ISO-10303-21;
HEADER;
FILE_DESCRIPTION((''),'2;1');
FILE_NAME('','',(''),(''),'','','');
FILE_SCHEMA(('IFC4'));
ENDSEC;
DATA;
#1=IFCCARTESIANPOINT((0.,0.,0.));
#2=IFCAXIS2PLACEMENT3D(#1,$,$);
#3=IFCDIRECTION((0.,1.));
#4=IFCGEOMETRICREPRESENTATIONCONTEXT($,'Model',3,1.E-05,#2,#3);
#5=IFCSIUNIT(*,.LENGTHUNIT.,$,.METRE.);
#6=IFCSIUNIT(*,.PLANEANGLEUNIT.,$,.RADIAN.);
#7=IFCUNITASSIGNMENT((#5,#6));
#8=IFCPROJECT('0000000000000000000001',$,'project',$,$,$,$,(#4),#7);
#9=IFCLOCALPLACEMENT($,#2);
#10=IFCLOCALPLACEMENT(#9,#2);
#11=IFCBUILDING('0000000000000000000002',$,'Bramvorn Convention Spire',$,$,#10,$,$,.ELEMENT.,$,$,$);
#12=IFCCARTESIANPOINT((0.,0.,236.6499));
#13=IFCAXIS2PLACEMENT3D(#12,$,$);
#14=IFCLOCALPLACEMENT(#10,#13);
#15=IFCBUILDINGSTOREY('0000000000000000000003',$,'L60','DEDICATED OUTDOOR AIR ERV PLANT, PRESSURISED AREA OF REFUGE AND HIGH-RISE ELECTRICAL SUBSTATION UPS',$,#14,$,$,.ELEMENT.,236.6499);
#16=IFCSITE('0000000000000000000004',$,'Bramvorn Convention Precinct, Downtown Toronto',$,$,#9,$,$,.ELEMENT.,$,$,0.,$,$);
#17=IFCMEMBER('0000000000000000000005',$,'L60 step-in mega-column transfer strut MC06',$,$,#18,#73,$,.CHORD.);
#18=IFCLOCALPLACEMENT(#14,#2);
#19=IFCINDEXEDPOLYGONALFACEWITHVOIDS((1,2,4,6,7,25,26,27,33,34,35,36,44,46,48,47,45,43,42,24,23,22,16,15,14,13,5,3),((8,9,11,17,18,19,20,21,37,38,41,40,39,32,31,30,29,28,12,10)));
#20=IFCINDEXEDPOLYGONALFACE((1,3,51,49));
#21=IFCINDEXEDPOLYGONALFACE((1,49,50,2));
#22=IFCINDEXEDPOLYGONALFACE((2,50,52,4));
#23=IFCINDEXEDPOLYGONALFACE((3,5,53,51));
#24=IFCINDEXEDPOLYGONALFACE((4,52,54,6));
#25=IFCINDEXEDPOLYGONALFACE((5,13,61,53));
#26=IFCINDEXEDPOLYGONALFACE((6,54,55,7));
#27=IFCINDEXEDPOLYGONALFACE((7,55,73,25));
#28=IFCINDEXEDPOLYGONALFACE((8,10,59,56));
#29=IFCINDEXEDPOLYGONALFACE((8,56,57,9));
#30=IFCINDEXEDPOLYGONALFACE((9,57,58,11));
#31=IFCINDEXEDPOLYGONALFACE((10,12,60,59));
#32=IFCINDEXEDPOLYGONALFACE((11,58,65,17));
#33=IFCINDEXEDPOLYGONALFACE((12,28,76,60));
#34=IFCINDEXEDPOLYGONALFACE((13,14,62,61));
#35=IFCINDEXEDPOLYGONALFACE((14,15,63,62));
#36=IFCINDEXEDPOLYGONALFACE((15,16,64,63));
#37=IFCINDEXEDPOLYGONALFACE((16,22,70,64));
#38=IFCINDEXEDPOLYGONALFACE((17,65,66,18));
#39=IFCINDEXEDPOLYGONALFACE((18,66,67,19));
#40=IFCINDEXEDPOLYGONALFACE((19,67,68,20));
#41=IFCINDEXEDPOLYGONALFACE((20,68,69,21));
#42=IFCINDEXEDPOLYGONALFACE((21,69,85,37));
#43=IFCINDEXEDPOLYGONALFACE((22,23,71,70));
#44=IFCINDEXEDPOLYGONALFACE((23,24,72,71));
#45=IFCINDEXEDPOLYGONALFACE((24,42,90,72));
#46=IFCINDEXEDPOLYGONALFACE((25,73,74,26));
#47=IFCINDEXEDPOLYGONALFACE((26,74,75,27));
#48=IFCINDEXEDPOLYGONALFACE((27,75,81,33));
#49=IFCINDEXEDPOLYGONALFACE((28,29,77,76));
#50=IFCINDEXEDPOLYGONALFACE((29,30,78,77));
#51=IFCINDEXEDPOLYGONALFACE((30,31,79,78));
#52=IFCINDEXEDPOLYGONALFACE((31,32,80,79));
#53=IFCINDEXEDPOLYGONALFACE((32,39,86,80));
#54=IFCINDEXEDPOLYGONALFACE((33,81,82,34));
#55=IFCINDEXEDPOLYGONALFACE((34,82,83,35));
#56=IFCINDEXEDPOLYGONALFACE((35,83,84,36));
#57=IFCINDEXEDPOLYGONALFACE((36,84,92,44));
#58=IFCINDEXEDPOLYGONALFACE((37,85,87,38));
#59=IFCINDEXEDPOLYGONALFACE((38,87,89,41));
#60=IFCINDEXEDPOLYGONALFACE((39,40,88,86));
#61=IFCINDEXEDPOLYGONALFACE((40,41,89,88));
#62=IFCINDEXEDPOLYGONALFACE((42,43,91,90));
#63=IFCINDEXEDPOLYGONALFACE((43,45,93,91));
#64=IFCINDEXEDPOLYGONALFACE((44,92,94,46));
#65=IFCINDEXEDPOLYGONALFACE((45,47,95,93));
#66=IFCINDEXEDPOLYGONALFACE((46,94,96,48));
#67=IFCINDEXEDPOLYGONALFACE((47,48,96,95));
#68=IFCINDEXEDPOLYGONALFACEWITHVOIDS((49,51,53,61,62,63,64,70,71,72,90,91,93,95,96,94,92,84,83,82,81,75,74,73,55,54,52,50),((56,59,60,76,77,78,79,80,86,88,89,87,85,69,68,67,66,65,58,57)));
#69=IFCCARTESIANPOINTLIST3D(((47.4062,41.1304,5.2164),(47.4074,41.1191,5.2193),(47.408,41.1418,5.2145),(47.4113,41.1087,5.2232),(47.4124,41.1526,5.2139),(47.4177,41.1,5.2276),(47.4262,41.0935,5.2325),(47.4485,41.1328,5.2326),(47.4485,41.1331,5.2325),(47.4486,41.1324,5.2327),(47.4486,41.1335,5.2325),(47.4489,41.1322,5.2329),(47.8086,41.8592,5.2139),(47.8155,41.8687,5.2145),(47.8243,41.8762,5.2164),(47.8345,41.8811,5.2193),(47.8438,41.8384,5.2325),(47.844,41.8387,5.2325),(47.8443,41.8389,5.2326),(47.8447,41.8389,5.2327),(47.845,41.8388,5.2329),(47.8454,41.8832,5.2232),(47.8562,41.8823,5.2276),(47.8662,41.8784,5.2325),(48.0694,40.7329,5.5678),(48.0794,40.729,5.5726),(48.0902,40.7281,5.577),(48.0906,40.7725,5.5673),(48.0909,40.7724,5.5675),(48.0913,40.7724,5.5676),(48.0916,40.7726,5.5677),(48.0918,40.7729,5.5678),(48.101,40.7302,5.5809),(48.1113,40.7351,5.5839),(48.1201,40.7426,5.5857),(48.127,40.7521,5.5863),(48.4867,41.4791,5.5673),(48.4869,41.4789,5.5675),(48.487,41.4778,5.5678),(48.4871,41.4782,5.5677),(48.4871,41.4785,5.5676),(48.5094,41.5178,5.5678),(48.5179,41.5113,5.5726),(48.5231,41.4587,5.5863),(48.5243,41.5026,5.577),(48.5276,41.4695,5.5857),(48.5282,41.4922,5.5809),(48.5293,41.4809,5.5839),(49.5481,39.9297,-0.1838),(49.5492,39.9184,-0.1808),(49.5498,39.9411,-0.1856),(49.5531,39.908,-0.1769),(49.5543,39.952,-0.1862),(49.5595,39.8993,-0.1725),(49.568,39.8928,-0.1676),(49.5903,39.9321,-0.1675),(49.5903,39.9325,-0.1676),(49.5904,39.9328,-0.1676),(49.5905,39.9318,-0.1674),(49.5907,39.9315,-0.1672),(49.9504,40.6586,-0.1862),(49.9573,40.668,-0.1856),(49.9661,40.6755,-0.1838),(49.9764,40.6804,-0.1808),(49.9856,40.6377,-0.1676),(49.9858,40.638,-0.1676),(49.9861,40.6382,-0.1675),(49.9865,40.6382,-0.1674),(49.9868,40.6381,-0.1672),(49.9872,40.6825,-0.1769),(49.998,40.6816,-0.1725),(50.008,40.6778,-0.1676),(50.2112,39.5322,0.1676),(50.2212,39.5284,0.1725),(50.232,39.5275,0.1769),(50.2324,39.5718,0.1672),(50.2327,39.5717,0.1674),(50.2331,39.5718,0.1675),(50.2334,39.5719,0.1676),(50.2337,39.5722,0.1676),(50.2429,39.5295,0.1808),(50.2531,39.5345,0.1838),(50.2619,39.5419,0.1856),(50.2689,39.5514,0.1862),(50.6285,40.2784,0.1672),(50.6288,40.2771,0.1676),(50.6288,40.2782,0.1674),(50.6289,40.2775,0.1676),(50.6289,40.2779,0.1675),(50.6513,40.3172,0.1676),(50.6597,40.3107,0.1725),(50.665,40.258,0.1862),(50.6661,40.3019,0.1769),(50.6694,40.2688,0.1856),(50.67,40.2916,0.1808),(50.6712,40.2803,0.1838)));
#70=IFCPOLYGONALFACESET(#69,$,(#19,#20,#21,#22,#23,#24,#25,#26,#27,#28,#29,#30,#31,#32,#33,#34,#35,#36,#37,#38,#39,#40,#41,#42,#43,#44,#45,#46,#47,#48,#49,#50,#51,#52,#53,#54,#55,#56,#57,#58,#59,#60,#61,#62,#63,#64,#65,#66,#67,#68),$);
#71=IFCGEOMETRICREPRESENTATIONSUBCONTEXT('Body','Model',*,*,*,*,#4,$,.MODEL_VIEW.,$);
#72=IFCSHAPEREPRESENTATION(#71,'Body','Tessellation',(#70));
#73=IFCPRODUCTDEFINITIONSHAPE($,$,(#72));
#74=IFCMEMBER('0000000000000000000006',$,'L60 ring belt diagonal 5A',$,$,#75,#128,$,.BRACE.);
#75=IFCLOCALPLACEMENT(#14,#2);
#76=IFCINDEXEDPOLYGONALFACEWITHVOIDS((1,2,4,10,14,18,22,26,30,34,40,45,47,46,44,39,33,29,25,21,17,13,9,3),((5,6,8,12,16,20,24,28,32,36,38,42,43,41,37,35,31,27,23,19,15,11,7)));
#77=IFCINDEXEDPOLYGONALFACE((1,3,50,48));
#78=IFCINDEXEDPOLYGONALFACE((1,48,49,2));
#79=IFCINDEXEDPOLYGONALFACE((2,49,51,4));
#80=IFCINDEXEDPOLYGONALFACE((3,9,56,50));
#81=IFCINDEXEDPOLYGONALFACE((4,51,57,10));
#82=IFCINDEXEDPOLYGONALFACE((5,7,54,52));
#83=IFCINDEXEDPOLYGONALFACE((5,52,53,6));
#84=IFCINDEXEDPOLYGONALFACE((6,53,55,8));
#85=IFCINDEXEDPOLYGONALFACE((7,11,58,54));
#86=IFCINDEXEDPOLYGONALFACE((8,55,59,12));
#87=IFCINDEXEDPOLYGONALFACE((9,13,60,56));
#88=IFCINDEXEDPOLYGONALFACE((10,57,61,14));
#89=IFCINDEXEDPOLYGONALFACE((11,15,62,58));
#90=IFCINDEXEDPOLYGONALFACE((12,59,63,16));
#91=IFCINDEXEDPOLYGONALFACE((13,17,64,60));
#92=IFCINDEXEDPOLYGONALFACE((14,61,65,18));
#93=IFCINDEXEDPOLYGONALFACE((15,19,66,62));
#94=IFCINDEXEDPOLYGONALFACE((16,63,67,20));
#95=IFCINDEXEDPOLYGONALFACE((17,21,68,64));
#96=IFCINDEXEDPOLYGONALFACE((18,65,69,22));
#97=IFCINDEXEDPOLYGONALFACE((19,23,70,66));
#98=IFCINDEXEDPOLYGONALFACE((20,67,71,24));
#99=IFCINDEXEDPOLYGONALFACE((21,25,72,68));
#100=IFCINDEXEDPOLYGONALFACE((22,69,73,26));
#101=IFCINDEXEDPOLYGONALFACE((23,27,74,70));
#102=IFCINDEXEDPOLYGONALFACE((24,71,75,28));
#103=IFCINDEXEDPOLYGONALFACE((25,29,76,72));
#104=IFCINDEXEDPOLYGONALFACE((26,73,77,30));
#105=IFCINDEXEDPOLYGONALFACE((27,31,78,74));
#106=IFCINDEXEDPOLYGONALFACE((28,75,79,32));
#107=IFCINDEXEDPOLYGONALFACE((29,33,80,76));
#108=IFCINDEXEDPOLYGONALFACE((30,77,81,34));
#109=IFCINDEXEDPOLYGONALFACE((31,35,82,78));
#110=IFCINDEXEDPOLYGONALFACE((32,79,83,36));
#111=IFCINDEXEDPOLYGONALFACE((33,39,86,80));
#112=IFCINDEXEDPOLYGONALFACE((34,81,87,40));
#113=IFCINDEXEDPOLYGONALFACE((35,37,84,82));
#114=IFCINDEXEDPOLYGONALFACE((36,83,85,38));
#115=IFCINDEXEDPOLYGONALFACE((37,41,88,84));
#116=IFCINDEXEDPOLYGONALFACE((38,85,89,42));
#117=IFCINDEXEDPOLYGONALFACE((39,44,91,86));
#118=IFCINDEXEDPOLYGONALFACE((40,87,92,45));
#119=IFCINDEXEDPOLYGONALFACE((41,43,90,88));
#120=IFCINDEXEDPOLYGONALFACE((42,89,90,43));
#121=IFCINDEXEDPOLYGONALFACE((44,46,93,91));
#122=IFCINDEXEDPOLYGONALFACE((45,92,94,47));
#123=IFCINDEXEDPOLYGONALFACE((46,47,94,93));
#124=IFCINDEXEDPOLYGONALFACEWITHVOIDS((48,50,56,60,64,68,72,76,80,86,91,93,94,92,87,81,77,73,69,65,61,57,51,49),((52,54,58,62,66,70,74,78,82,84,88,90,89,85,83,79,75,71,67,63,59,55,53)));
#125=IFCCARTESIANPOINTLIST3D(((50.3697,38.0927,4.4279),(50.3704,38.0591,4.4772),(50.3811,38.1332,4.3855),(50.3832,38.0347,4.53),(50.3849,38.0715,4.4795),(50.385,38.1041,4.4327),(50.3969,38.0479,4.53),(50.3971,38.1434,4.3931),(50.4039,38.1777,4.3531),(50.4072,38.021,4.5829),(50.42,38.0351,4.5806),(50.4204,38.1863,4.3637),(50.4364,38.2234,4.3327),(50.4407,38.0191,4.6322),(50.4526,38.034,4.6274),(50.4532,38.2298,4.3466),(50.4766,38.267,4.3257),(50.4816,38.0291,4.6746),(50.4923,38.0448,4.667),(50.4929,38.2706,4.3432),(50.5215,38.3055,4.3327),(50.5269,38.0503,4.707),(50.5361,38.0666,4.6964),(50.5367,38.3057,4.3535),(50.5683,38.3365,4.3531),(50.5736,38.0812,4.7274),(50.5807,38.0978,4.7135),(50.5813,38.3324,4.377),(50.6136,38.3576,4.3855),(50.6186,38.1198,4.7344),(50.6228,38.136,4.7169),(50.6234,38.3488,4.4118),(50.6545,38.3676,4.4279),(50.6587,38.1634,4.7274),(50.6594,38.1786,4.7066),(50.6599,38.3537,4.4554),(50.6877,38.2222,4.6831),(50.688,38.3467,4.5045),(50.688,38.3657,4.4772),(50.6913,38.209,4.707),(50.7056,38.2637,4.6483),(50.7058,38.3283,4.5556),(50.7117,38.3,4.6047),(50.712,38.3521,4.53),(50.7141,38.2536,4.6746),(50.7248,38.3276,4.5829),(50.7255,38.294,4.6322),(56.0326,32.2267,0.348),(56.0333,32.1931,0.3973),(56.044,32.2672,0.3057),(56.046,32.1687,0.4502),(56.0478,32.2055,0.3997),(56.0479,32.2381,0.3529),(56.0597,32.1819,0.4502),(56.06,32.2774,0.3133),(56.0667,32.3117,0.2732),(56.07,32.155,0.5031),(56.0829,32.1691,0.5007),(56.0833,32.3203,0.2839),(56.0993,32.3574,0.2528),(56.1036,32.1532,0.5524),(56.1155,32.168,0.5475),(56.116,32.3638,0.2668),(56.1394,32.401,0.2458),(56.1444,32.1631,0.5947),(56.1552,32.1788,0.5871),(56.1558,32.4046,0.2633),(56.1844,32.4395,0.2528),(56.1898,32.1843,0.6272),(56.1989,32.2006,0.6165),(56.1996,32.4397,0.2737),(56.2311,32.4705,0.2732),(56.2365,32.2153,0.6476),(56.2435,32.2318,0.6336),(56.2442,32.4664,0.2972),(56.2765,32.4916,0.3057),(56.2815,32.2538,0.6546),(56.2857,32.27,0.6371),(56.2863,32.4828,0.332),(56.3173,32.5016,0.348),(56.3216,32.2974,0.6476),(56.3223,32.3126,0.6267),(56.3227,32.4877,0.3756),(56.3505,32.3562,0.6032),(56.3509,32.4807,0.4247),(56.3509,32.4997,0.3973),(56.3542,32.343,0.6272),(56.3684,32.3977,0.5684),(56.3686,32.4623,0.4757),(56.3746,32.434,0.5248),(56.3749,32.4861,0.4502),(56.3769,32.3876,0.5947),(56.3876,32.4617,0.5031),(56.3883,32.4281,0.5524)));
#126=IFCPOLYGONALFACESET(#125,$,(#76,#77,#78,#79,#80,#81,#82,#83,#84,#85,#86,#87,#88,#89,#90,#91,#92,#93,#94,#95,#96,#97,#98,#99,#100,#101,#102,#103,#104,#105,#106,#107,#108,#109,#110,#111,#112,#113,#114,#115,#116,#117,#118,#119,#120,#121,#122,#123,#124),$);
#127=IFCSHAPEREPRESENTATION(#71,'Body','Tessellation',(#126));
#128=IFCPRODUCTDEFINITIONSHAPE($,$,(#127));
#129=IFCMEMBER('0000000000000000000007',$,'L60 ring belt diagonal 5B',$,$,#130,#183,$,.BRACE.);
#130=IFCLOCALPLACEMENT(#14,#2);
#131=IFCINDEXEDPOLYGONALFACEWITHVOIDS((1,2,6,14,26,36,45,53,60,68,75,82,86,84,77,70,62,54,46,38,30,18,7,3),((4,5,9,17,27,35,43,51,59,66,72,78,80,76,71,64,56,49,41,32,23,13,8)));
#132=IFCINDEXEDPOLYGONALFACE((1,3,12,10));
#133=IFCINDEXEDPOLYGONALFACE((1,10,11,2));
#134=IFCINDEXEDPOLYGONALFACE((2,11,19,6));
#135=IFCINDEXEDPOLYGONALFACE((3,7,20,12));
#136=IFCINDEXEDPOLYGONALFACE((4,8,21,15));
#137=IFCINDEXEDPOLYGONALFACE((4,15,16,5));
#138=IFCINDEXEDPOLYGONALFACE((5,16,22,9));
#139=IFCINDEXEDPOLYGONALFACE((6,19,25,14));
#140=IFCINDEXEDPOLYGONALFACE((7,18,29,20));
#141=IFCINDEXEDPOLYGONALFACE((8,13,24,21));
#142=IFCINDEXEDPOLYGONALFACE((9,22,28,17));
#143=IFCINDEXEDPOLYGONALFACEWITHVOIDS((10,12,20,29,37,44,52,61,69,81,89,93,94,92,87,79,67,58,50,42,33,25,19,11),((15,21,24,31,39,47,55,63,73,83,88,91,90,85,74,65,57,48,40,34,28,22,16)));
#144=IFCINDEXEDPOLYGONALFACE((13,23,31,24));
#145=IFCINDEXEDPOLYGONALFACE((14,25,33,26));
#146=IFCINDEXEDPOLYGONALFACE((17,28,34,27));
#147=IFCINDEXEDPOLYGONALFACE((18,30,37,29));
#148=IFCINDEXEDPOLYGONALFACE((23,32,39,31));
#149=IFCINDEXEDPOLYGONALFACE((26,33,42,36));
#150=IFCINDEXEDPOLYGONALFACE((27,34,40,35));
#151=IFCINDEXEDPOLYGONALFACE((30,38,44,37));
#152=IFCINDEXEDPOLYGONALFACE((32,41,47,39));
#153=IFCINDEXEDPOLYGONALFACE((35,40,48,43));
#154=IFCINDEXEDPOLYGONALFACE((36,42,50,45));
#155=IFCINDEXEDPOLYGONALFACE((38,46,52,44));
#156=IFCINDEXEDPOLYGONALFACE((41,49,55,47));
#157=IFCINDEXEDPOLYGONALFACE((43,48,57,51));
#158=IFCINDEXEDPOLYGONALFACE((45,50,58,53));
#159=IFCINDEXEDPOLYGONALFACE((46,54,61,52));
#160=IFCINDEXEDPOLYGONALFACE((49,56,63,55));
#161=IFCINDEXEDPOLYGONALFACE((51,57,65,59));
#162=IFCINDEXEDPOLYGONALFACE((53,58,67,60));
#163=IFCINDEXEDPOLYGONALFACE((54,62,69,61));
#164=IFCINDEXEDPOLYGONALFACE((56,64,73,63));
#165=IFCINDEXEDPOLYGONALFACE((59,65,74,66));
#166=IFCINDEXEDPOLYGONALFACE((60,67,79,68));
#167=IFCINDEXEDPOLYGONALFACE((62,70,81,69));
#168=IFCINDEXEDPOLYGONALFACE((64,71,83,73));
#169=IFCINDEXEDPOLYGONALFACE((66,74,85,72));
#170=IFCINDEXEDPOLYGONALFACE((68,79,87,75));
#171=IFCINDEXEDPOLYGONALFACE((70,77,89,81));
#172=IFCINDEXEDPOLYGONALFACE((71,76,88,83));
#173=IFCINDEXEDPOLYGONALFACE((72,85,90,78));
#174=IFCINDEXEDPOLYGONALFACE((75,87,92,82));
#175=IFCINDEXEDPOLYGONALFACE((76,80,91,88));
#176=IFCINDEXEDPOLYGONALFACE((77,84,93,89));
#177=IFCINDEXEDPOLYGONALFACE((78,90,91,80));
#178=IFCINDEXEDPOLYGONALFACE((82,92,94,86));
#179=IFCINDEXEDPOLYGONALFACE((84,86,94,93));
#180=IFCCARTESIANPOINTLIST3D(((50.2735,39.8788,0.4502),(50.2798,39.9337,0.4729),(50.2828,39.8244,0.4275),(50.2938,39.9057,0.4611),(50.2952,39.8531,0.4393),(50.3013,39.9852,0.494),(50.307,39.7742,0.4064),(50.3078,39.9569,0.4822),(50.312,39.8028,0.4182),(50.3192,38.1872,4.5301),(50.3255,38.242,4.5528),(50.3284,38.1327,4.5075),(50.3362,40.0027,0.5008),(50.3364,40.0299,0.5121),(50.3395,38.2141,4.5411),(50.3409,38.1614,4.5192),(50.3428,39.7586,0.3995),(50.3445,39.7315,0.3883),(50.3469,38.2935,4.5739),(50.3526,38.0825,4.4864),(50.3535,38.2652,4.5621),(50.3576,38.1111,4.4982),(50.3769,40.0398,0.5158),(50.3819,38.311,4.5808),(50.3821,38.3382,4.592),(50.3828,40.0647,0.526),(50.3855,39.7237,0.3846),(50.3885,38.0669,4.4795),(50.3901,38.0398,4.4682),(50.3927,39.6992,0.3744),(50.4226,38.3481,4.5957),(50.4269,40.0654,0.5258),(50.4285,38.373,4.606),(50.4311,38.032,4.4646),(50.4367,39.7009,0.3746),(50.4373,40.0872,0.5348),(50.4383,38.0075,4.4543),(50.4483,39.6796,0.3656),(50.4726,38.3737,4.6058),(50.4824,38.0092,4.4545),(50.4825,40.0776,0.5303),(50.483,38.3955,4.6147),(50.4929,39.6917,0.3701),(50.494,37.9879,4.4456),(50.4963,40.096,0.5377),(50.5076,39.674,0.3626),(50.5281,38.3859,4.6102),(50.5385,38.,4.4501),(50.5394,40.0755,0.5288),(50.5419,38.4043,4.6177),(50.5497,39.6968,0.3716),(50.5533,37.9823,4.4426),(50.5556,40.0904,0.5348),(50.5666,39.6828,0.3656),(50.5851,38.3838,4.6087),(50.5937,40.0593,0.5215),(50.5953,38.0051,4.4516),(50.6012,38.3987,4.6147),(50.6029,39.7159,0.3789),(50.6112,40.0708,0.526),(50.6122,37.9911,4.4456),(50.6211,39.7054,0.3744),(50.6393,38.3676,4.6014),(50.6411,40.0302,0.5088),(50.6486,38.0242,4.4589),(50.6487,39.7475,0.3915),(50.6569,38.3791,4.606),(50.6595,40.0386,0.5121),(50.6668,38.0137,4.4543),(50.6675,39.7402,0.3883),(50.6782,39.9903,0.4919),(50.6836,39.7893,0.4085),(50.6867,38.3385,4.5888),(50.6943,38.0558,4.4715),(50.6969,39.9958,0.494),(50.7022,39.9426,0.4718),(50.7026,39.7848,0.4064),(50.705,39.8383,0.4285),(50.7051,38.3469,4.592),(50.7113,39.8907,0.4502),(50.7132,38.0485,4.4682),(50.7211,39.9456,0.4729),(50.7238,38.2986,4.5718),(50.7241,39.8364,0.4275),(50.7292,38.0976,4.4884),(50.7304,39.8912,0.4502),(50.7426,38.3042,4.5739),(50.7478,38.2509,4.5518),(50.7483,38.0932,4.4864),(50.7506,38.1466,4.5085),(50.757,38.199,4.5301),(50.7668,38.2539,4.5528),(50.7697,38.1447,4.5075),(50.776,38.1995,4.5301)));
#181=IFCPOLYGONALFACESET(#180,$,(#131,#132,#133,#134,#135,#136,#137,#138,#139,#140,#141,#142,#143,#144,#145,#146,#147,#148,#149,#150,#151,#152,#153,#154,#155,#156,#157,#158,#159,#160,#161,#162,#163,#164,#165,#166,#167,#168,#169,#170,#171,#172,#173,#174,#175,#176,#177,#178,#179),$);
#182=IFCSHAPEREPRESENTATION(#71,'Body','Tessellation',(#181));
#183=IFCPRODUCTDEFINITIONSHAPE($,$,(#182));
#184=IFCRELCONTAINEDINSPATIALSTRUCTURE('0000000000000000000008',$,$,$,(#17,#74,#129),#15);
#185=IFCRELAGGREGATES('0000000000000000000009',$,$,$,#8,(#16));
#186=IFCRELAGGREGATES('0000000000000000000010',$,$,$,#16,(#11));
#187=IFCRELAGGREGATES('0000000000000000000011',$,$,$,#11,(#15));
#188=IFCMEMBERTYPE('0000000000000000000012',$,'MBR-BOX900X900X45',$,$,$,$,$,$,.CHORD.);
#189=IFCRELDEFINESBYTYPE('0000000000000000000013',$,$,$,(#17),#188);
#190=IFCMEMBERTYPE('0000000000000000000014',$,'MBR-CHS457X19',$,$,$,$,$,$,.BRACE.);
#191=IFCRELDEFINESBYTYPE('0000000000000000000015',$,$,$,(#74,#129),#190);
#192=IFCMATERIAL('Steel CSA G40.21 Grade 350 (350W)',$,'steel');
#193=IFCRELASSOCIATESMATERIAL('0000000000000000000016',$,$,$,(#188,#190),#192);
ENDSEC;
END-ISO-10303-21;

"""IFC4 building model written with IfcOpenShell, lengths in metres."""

from ifc_helpers import new_model, si_unit, direction, frame, origin, origin_2d, place, context, subcontext, project, spatial, hollow_rectangle, hollow_circle, extrude, material, material_profile, profile_set, type_object, element, save


model = new_model("IFC4")

# Units and contexts
model_context = context("Model", 3, precision=1e-05, world=origin(), true_north=direction((0.0, 1.0)))
body_context = subcontext(model_context, "Body", "Model", "MODEL_VIEW")
ifc_project = project(units=[si_unit("LENGTHUNIT", "METRE"), si_unit("PLANEANGLEUNIT", "RADIAN")], contexts=[model_context])

# Site, building, storey
site_placement = place(None, origin())
site = spatial("IfcSite", under=ifc_project, at=site_placement, Name="Bramvorn Convention Precinct, Downtown Toronto", CompositionType="ELEMENT", RefElevation=0.0)
building_placement = place(site_placement, origin())
building = spatial("IfcBuilding", under=site, at=building_placement, Name="Bramvorn Convention Spire", CompositionType="ELEMENT")
storey_placement = place(building_placement, frame((0.0, 0.0, 236.6499)))
storey = spatial("IfcBuildingStorey", under=building, at=storey_placement, Name="L60", Description="DEDICATED OUTDOOR AIR ERV PLANT, PRESSURISED AREA OF REFUGE AND HIGH-RISE ELECTRICAL SUBSTATION UPS", CompositionType="ELEMENT", Elevation=236.6499)

# Shared definitions
ifc_material_1 = material(Name="Steel CSA G40.21 Grade 350 (350W)", Category="steel")

# Members
ifc_material_profile_1 = material_profile(ifc_material_1, hollow_rectangle(XDim=0.8999, YDim=0.8999, WallThickness=0.0449, InnerFilletRadius=0.001, OuterFilletRadius=0.0449, at=origin_2d()))
ifc_profile_set_1 = profile_set([ifc_material_profile_1], Name="Steel CSA G40.21 Grade 350 (350W) - BOX900X900X45")
member_type_1 = type_object("IfcMemberType", Name="MBR-BOX900X900X45", PredefinedType="CHORD", material=ifc_profile_set_1)
member_1_placement = place(storey_placement, frame((50.1096, 40.105, 0.0), z_axis=(-0.361056, 0.202402, 0.910314), x_axis=(-0.488991, -0.872289, 0.0)))
element("IfcMember", 1, at=member_1_placement, inside=storey, type_object=member_type_1, Name="L60 step-in mega-column transfer strut MC06", PredefinedType="CHORD", context=body_context, shape_type="SweptSolid", body=[
    extrude(hollow_rectangle(XDim=0.8999, YDim=0.8999, WallThickness=0.0449, InnerFilletRadius=0.001, OuterFilletRadius=0.0449, at=origin_2d()), origin(), (0.0, 0.0, 1.0), 5.9321),
])
ifc_material_profile_2 = material_profile(ifc_material_1, hollow_circle(Radius=0.2285, WallThickness=0.019, at=origin_2d()))
ifc_profile_set_2 = profile_set([ifc_material_profile_2], Name="Steel CSA G40.21 Grade 350 (350W) - CHS457X19")
member_type_2 = type_object("IfcMemberType", Name="MBR-CHS457X19", PredefinedType="BRACE", material=ifc_profile_set_2)
member_2_placement = place(storey_placement, frame((56.2104, 32.3274, 0.4502), z_axis=(-0.62112, 0.643399, 0.44749), x_axis=(-0.719454, -0.694541, 0.0)))
element("IfcMember", 2, at=member_2_placement, inside=storey, type_object=member_type_2, Name="L60 ring belt diagonal 5A", PredefinedType="BRACE", context=body_context, shape_type="SweptSolid", body=[
    extrude(hollow_circle(Radius=0.2285, WallThickness=0.019, at=origin_2d()), origin(), (0.0, 0.0, 1.0), 9.1172),
])
member_3_placement = place(storey_placement, frame((50.502, 39.885, 0.4502), z_axis=(0.010336, -0.382997, 0.923692), x_axis=(0.999636, 0.026978, 0.0)))
element("IfcMember", 3, at=member_3_placement, inside=storey, type_object=member_type_2, Name="L60 ring belt diagonal 5B", PredefinedType="BRACE", context=body_context, shape_type="SweptSolid", body=[
    extrude(hollow_circle(Radius=0.2285, WallThickness=0.019, at=origin_2d()), origin(), (0.0, 0.0, 1.0), 4.417),
])

save(model, "model.ifc")
